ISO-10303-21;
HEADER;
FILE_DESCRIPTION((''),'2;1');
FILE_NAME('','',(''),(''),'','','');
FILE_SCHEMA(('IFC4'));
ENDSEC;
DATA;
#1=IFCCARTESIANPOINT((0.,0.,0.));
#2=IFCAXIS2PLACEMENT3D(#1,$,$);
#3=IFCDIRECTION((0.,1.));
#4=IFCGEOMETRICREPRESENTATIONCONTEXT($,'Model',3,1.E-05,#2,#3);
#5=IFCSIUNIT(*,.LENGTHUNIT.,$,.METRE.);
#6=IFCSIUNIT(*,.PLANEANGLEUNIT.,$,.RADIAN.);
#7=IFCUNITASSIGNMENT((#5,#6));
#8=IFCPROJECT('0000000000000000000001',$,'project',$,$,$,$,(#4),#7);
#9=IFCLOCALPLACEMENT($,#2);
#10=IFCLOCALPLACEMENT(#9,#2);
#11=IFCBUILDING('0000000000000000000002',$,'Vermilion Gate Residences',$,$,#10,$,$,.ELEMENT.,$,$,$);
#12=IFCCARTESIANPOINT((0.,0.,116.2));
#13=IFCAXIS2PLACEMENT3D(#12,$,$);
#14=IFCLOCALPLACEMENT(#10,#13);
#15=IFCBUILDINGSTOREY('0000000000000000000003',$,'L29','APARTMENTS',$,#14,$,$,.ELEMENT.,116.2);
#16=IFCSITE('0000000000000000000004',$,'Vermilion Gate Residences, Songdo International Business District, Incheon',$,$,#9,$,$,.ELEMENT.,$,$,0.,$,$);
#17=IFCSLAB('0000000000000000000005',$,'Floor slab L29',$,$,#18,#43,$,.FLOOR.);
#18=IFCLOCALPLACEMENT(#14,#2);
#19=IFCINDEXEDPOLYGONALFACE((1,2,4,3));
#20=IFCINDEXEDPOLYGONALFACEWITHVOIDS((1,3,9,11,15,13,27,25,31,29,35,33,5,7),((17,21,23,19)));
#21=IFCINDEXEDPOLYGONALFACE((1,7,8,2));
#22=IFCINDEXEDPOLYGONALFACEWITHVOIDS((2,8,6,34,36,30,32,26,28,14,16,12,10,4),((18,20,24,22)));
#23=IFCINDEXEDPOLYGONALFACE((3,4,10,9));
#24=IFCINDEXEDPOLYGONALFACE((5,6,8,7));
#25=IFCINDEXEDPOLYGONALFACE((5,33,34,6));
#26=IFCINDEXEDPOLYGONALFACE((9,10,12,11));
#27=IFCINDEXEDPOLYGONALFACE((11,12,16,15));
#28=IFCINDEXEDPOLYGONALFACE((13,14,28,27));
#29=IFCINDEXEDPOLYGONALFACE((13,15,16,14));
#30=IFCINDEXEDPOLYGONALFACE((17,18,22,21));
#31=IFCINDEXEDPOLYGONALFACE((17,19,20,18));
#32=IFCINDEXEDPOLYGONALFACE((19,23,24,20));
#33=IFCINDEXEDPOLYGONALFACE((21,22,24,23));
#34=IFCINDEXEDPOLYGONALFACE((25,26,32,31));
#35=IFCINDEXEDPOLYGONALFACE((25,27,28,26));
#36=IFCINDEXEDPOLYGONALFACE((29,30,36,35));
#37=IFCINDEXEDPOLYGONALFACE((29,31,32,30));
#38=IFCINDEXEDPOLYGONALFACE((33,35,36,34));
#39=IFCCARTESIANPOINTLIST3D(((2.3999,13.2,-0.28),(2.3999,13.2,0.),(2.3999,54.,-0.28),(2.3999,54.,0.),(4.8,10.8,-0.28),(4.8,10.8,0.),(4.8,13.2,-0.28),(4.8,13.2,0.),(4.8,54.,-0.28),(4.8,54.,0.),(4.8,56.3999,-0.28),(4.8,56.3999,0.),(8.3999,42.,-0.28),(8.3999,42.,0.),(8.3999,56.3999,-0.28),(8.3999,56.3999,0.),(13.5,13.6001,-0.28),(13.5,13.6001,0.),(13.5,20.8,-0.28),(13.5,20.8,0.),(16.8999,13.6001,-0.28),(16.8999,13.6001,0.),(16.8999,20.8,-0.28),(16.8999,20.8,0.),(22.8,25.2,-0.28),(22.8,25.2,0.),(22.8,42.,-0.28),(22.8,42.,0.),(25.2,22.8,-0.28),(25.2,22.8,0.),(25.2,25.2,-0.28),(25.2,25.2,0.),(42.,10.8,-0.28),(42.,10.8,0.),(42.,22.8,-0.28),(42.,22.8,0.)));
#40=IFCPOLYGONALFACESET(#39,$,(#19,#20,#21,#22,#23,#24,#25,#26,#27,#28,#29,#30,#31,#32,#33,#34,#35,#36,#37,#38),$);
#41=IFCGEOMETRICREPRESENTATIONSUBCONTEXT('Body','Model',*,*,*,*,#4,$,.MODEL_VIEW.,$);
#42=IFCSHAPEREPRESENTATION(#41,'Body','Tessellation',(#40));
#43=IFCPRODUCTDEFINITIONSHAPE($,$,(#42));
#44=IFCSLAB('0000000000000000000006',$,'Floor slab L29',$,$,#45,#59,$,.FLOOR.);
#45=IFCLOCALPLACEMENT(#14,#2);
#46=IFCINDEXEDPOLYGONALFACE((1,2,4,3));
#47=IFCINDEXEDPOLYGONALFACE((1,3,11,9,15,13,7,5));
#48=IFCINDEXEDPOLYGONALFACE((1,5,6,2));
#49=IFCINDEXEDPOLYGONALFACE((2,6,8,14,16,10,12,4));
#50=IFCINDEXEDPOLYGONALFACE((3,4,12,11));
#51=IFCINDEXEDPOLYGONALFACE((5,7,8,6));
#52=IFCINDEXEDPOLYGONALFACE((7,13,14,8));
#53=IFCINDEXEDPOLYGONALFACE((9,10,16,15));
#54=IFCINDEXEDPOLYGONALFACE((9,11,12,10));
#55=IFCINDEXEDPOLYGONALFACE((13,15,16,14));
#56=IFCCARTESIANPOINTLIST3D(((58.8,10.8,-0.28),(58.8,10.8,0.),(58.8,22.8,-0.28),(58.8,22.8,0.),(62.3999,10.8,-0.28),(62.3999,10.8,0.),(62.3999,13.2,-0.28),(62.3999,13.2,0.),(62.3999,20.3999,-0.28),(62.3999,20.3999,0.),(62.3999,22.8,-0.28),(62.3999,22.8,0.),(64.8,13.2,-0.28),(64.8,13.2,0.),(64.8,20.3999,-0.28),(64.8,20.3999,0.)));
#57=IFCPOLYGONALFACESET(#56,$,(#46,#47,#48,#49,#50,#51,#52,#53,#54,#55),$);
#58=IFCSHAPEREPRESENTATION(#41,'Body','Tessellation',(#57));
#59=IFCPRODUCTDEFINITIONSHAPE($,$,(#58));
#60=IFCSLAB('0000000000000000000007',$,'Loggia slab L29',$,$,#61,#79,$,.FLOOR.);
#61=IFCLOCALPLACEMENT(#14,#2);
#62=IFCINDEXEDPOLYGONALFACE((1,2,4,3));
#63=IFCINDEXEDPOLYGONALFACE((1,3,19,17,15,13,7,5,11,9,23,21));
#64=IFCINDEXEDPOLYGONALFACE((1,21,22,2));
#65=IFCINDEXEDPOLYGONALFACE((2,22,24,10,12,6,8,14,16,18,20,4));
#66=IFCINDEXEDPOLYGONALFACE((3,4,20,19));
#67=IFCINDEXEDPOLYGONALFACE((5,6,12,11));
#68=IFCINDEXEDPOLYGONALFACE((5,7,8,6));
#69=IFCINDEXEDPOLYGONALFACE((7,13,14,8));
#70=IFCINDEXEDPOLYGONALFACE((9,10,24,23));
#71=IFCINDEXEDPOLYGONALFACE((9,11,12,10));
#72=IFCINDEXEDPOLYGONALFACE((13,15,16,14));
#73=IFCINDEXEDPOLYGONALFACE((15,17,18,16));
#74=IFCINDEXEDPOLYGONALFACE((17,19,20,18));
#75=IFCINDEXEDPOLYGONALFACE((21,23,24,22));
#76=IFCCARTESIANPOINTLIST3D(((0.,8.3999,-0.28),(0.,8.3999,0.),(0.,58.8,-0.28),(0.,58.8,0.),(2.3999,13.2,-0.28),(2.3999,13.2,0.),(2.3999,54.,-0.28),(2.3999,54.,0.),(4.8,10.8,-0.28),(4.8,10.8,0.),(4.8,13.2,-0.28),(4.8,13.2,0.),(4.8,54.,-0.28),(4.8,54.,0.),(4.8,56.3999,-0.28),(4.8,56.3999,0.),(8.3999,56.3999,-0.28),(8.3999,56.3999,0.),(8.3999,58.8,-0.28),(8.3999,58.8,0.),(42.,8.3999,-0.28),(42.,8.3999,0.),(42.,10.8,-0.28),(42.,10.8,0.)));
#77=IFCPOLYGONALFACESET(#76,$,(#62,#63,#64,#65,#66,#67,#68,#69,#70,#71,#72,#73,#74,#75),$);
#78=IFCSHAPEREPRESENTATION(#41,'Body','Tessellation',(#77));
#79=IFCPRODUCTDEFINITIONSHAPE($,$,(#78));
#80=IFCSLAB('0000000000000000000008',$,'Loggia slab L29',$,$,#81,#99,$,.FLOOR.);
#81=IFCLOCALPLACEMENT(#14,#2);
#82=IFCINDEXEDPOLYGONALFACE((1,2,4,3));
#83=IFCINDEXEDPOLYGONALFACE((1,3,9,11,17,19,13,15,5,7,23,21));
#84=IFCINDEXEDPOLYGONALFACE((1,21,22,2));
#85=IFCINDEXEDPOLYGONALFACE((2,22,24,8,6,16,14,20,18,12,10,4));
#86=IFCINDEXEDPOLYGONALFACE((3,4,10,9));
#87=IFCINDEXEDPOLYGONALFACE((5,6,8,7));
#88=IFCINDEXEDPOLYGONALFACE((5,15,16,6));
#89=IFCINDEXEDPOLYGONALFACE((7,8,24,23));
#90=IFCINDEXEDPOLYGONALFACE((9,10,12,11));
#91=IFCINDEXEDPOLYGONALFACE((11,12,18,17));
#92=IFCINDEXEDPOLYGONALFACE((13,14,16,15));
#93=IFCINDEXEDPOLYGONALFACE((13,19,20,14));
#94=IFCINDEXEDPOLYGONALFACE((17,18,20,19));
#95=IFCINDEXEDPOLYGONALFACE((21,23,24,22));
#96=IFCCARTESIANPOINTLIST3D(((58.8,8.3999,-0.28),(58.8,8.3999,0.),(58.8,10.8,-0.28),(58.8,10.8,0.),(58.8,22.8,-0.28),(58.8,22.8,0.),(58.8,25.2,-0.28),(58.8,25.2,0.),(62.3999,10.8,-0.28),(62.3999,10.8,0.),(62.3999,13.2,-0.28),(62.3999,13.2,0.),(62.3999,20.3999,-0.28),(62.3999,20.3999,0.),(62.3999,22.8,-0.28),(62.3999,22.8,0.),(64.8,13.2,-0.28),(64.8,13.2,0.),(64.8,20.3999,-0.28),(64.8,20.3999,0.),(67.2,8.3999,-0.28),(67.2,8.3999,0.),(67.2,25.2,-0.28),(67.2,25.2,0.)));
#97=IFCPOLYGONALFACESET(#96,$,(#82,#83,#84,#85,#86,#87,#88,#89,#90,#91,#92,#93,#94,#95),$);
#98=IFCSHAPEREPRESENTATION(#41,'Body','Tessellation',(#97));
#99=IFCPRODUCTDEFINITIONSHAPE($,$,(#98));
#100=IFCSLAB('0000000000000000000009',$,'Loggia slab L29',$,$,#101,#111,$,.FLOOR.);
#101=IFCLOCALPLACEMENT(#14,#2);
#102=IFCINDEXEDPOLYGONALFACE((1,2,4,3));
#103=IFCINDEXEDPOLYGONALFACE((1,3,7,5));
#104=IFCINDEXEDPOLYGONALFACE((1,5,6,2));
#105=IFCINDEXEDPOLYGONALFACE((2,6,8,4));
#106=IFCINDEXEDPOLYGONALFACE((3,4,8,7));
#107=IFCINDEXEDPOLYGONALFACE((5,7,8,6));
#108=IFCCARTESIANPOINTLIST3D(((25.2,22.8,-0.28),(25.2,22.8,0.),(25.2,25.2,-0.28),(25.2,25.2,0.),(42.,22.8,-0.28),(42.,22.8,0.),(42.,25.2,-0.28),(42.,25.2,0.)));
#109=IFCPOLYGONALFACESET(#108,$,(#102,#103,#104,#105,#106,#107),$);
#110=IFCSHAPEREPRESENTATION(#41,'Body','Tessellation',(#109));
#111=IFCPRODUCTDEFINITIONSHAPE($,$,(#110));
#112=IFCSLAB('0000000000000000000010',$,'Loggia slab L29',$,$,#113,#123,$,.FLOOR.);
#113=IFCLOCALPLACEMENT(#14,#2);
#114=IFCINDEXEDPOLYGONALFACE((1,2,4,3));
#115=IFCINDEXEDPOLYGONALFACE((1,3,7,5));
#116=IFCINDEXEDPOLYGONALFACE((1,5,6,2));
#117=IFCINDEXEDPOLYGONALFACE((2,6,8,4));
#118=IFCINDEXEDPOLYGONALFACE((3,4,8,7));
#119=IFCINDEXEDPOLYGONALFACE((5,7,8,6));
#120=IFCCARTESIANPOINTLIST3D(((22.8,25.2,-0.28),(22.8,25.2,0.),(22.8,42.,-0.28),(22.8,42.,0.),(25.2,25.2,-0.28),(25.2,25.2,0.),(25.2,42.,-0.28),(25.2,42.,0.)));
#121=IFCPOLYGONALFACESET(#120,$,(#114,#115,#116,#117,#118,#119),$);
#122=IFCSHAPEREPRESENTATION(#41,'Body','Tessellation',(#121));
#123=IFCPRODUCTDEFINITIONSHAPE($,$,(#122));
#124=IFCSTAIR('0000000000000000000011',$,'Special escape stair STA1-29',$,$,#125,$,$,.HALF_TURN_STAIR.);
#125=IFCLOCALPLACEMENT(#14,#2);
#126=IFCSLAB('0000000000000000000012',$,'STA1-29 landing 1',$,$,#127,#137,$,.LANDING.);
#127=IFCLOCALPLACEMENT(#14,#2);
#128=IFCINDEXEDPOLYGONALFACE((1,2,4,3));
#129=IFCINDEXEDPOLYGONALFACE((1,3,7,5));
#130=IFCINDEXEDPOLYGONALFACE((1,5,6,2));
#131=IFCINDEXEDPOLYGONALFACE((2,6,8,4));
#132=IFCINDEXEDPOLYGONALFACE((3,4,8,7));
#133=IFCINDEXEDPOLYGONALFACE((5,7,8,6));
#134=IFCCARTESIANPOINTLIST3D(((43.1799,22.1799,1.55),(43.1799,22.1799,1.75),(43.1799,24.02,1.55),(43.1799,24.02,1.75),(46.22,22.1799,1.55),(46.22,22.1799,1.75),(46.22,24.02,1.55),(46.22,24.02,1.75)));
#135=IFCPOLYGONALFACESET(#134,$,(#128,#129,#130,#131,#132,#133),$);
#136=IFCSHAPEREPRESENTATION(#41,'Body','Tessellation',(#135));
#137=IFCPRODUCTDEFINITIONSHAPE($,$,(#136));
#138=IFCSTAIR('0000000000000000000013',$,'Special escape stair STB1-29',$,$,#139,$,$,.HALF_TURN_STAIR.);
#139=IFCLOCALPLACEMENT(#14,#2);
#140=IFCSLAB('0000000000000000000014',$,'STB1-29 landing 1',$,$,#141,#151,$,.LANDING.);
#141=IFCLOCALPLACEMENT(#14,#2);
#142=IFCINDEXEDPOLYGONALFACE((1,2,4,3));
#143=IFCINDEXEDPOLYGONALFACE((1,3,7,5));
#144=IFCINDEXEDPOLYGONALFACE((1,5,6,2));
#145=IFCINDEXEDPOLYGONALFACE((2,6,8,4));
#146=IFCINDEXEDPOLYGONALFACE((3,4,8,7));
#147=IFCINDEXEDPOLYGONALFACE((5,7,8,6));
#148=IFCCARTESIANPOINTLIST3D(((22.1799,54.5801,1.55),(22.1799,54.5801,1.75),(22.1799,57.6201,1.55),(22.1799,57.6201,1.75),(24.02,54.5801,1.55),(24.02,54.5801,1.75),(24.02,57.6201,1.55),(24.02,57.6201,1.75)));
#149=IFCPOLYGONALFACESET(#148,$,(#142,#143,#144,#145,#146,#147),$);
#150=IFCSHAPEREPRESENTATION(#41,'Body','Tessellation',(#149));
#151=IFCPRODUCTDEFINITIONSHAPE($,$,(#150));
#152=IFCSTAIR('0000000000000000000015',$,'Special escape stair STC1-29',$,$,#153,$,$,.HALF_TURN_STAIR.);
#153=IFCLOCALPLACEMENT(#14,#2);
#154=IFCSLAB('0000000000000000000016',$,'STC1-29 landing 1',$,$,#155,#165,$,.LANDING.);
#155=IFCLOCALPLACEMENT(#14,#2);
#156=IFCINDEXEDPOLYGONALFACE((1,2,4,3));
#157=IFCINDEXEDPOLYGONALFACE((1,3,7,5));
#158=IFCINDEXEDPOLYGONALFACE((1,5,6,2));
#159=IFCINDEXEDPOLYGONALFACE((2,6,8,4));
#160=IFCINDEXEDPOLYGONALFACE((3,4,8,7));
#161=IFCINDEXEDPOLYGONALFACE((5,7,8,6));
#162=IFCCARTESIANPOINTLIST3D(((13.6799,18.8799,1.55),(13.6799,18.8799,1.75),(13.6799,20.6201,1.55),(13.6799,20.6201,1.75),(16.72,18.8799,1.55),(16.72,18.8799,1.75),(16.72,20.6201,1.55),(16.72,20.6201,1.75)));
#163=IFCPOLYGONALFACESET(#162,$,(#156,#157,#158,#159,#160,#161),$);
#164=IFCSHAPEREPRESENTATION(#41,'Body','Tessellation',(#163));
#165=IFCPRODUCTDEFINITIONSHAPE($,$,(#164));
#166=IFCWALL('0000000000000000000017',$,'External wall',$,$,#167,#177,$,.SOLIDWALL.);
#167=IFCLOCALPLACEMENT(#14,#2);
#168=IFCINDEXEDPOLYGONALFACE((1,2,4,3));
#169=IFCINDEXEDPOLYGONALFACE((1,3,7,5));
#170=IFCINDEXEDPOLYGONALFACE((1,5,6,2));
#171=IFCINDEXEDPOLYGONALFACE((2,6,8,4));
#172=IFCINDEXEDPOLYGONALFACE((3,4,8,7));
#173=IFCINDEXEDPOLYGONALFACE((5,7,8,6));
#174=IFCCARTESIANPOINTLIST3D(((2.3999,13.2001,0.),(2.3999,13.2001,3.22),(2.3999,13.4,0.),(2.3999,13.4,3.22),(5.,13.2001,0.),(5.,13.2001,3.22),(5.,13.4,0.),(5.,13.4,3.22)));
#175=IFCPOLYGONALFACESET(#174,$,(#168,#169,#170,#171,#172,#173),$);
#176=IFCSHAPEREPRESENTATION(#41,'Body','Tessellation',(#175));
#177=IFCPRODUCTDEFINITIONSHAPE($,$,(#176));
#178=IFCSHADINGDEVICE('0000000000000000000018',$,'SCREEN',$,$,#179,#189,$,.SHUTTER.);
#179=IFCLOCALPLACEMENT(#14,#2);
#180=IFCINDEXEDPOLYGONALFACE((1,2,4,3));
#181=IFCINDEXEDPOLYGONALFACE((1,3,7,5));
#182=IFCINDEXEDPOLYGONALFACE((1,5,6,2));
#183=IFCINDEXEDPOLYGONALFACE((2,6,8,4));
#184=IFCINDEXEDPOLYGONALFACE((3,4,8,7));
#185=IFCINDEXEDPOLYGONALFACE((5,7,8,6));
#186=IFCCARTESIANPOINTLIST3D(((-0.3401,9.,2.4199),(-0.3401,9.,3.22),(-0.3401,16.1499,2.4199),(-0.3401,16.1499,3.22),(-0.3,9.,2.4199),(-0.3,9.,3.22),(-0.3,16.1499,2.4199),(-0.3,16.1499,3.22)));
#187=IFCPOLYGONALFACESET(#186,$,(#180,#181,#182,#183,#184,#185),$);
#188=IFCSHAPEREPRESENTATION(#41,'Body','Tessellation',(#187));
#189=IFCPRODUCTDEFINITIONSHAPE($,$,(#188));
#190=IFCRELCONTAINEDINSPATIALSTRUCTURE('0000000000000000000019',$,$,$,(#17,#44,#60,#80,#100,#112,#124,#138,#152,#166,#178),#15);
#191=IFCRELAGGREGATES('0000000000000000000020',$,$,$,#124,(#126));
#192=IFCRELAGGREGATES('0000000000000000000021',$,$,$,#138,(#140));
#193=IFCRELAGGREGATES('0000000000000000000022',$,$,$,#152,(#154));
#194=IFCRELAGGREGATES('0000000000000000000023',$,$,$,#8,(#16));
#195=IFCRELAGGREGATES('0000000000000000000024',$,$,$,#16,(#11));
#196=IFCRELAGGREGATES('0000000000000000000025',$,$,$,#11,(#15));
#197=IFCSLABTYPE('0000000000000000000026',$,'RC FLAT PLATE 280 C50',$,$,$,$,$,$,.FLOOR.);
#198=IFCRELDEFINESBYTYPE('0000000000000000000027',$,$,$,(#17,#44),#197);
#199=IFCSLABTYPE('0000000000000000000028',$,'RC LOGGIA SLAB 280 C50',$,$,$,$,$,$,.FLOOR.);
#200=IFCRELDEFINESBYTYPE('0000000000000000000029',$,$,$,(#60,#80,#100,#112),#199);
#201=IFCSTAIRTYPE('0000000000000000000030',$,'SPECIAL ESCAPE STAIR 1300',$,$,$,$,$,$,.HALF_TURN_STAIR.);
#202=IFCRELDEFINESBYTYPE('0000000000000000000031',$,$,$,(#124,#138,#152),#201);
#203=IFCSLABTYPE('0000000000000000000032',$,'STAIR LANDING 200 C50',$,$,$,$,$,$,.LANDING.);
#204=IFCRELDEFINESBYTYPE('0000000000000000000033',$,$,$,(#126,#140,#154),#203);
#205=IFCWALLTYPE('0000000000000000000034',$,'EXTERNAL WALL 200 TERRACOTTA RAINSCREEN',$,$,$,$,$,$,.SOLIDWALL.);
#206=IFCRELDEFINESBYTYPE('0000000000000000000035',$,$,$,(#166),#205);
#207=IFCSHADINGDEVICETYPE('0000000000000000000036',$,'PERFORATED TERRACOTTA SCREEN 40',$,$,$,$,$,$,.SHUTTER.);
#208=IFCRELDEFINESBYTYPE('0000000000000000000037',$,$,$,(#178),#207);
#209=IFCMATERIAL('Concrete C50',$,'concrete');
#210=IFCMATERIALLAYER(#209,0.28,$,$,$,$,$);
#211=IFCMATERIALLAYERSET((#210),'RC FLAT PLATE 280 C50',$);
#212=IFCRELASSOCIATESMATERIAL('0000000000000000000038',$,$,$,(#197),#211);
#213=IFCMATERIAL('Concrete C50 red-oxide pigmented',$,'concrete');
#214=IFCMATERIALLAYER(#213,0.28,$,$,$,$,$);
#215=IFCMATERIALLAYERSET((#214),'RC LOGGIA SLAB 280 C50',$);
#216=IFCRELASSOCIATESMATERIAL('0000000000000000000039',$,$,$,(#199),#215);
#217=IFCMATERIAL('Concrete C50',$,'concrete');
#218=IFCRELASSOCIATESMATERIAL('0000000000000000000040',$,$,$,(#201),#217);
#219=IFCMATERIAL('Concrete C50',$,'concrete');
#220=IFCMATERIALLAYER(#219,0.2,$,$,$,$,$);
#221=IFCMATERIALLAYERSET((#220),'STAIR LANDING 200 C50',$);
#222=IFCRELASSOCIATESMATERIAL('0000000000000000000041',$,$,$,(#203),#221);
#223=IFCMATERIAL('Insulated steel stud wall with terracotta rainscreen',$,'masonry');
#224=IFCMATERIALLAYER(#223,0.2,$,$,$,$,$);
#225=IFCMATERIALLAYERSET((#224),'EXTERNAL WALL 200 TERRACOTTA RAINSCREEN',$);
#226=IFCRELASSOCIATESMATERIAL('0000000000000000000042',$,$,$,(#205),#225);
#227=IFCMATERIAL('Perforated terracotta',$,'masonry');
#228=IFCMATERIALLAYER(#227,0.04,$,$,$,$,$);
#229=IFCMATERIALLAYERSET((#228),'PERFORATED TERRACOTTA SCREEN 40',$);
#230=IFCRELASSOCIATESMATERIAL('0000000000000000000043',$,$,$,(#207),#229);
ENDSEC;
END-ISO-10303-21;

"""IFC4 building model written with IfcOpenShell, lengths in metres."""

from ifc_helpers import new_model, si_unit, direction, frame, frame_2d, origin, origin_2d, place, context, subcontext, project, spatial, polyline, rectangle, outline, extrude, material, layer, layer_set, type_object, element, aggregate, save


model = new_model("IFC4")

# Units and contexts
model_context = context("Model", 3, precision=1e-05, world=origin(), true_north=direction((0.0, 1.0)))
body_context = subcontext(model_context, "Body", "Model", "MODEL_VIEW")
ifc_project = project(units=[si_unit("LENGTHUNIT", "METRE"), si_unit("PLANEANGLEUNIT", "RADIAN")], contexts=[model_context])

# Site, building, storey
site_placement = place(None, origin())
site = spatial("IfcSite", under=ifc_project, at=site_placement, Name="Vermilion Gate Residences, Songdo International Business District, Incheon", CompositionType="ELEMENT", RefElevation=0.0)
building_placement = place(site_placement, origin())
building = spatial("IfcBuilding", under=site, at=building_placement, Name="Vermilion Gate Residences", CompositionType="ELEMENT")
storey_placement = place(building_placement, frame((0.0, 0.0, 116.2)))
storey = spatial("IfcBuildingStorey", under=building, at=storey_placement, Name="L29", Description="APARTMENTS", CompositionType="ELEMENT", Elevation=116.2)

# Slabs
ifc_material_1 = material(Name="Concrete C50", Category="concrete")
ifc_layer_1 = layer(ifc_material_1, 0.28)
ifc_layer_set_1 = layer_set([ifc_layer_1], Name="RC FLAT PLATE 280 C50")
slab_type_1 = type_object("IfcSlabType", Name="RC FLAT PLATE 280 C50", PredefinedType="FLOOR", material=ifc_layer_set_1)
slab_1_placement = place(storey_placement, frame((0.0, 0.0, -0.28)))
element("IfcSlab", 1, at=slab_1_placement, inside=storey, type_object=slab_type_1, Name="Floor slab L29", PredefinedType="FLOOR", context=body_context, shape_type="SweptSolid", body=[
    extrude(outline(polyline([(22.8, 25.2), (22.8, 42.0), (8.3999, 42.0), (8.3999, 56.3999), (4.8, 56.3999), (4.8, 54.0), (2.3999, 54.0), (2.3999, 13.2), (4.8, 13.2), (4.8, 10.8), (42.0, 10.8), (42.0, 22.8), (25.2, 22.8), (25.2, 25.2), (22.8, 25.2)]), holes=[polyline([(13.5, 13.6001), (13.5, 20.8), (16.8999, 20.8), (16.8999, 13.6001), (13.5, 13.6001)])]), origin(), (0.0, 0.0, 1.0), 0.28),
])
slab_2_placement = place(storey_placement, frame((0.0, 0.0, -0.28)))
element("IfcSlab", 2, at=slab_2_placement, inside=storey, type_object=slab_type_1, Name="Floor slab L29", PredefinedType="FLOOR", context=body_context, shape_type="SweptSolid", body=[
    extrude(outline(polyline([(58.8, 22.8), (58.8, 10.8), (62.3999, 10.8), (62.3999, 13.2), (64.8, 13.2), (64.8, 20.3999), (62.3999, 20.3999), (62.3999, 22.8), (58.8, 22.8)])), origin(), (0.0, 0.0, 1.0), 0.28),
])
ifc_material_2 = material(Name="Concrete C50 red-oxide pigmented", Category="concrete")
ifc_layer_2 = layer(ifc_material_2, 0.28)
ifc_layer_set_2 = layer_set([ifc_layer_2], Name="RC LOGGIA SLAB 280 C50")
slab_type_2 = type_object("IfcSlabType", Name="RC LOGGIA SLAB 280 C50", PredefinedType="FLOOR", material=ifc_layer_set_2)
slab_3_placement = place(storey_placement, frame((0.0, 0.0, -0.28)))
element("IfcSlab", 3, at=slab_3_placement, inside=storey, type_object=slab_type_2, Name="Loggia slab L29", PredefinedType="FLOOR", context=body_context, shape_type="SweptSolid", body=[
    extrude(outline(polyline([(0.0, 58.8), (0.0, 8.3999), (42.0, 8.3999), (42.0, 10.8), (4.8, 10.8), (4.8, 13.2), (2.3999, 13.2), (2.3999, 54.0), (4.8, 54.0), (4.8, 56.3999), (8.3999, 56.3999), (8.3999, 58.8), (0.0, 58.8)])), origin(), (0.0, 0.0, 1.0), 0.28),
])
slab_4_placement = place(storey_placement, frame((0.0, 0.0, -0.28)))
element("IfcSlab", 4, at=slab_4_placement, inside=storey, type_object=slab_type_2, Name="Loggia slab L29", PredefinedType="FLOOR", context=body_context, shape_type="SweptSolid", body=[
    extrude(outline(polyline([(64.8, 20.3999), (64.8, 13.2), (62.3999, 13.2), (62.3999, 10.8), (58.8, 10.8), (58.8, 8.3999), (67.2, 8.3999), (67.2, 25.2), (58.8, 25.2), (58.8, 22.8), (62.3999, 22.8), (62.3999, 20.3999), (64.8, 20.3999)])), origin(), (0.0, 0.0, 1.0), 0.28),
])
slab_5_placement = place(storey_placement, frame((0.0, 0.0, -0.28)))
element("IfcSlab", 5, at=slab_5_placement, inside=storey, type_object=slab_type_2, Name="Loggia slab L29", PredefinedType="FLOOR", context=body_context, shape_type="SweptSolid", body=[
    extrude(outline(polyline([(25.2, 22.8), (42.0, 22.8), (42.0, 25.2), (25.2, 25.2), (25.2, 22.8)])), origin(), (0.0, 0.0, 1.0), 0.28),
])
slab_6_placement = place(storey_placement, frame((0.0, 0.0, -0.28)))
element("IfcSlab", 6, at=slab_6_placement, inside=storey, type_object=slab_type_2, Name="Loggia slab L29", PredefinedType="FLOOR", context=body_context, shape_type="SweptSolid", body=[
    extrude(outline(polyline([(25.2, 25.2), (25.2, 42.0), (22.8, 42.0), (22.8, 25.2), (25.2, 25.2)])), origin(), (0.0, 0.0, 1.0), 0.28),
])

# Stairs, slabs
ifc_material_3 = material(Name="Concrete C50", Category="concrete")
stair_type = type_object("IfcStairType", Name="SPECIAL ESCAPE STAIR 1300", PredefinedType="HALF_TURN_STAIR", material=ifc_material_3)
stair_1_placement = place(storey_placement, origin())
stair_1 = element("IfcStair", 7, at=stair_1_placement, inside=storey, type_object=stair_type, Name="Special escape stair STA1-29", PredefinedType="HALF_TURN_STAIR")
ifc_material_4 = material(Name="Concrete C50", Category="concrete")
ifc_layer_3 = layer(ifc_material_4, 0.2)
ifc_layer_set_3 = layer_set([ifc_layer_3], Name="STAIR LANDING 200 C50")
slab_type_3 = type_object("IfcSlabType", Name="STAIR LANDING 200 C50", PredefinedType="LANDING", material=ifc_layer_set_3)
slab_7_placement = place(storey_placement, frame((0.0, 0.0, 1.55)))
slab_7 = element("IfcSlab", 8, at=slab_7_placement, type_object=slab_type_3, Name="STA1-29 landing 1", PredefinedType="LANDING", context=body_context, shape_type="SweptSolid", body=[
    extrude(outline(polyline([(46.22, 22.1799), (46.22, 24.02), (43.1799, 24.02), (43.1799, 22.1799), (46.22, 22.1799)])), origin(), (0.0, 0.0, 1.0), 0.2),
])
aggregate(stair_1, [slab_7])
stair_2_placement = place(storey_placement, origin())
stair_2 = element("IfcStair", 9, at=stair_2_placement, inside=storey, type_object=stair_type, Name="Special escape stair STB1-29", PredefinedType="HALF_TURN_STAIR")
slab_8_placement = place(storey_placement, frame((0.0, 0.0, 1.55)))
slab_8 = element("IfcSlab", 10, at=slab_8_placement, type_object=slab_type_3, Name="STB1-29 landing 1", PredefinedType="LANDING", context=body_context, shape_type="SweptSolid", body=[
    extrude(outline(polyline([(24.02, 54.5801), (24.02, 57.6201), (22.1799, 57.6201), (22.1799, 54.5801), (24.02, 54.5801)])), origin(), (0.0, 0.0, 1.0), 0.2),
])
aggregate(stair_2, [slab_8])
stair_3_placement = place(storey_placement, origin())
stair_3 = element("IfcStair", 11, at=stair_3_placement, inside=storey, type_object=stair_type, Name="Special escape stair STC1-29", PredefinedType="HALF_TURN_STAIR")
slab_9_placement = place(storey_placement, frame((0.0, 0.0, 1.55)))
slab_9 = element("IfcSlab", 12, at=slab_9_placement, type_object=slab_type_3, Name="STC1-29 landing 1", PredefinedType="LANDING", context=body_context, shape_type="SweptSolid", body=[
    extrude(outline(polyline([(16.72, 18.8799), (16.72, 20.6201), (13.6799, 20.6201), (13.6799, 18.8799), (16.72, 18.8799)])), origin(), (0.0, 0.0, 1.0), 0.2),
])
aggregate(stair_3, [slab_9])

# Wall
ifc_material_5 = material(Name="Insulated steel stud wall with terracotta rainscreen", Category="masonry")
ifc_layer_4 = layer(ifc_material_5, 0.2)
ifc_layer_set_4 = layer_set([ifc_layer_4], Name="EXTERNAL WALL 200 TERRACOTTA RAINSCREEN")
wall_type = type_object("IfcWallType", Name="EXTERNAL WALL 200 TERRACOTTA RAINSCREEN", PredefinedType="SOLIDWALL", material=ifc_layer_set_4)
wall_placement = place(storey_placement, frame((2.3999, 13.3, 0.0), z_axis=(0.0, 0.0, 1.0), x_axis=(1.0, 0.0, 0.0)))
element("IfcWall", 13, at=wall_placement, inside=storey, type_object=wall_type, Name="External wall", PredefinedType="SOLIDWALL", context=body_context, shape_type="SweptSolid", body=[
    extrude(rectangle(XDim=2.6001, YDim=0.2, at=frame_2d((1.3, 0.0))), origin(), (0.0, 0.0, 1.0), 3.22),
])

# Shading device
ifc_material_6 = material(Name="Perforated terracotta", Category="masonry")
ifc_layer_5 = layer(ifc_material_6, 0.04)
ifc_layer_set_5 = layer_set([ifc_layer_5], Name="PERFORATED TERRACOTTA SCREEN 40")
shading_device_type_1 = type_object("IfcShadingDeviceType", Name="PERFORATED TERRACOTTA SCREEN 40", PredefinedType="SHUTTER", material=ifc_layer_set_5)
shading_device_1_placement = place(storey_placement, frame((-0.3201, 12.575, 2.4199), z_axis=(0.0, 0.0, 1.0), x_axis=(0.0, -1.0, 0.0)))
element("IfcShadingDevice", 14, at=shading_device_1_placement, inside=storey, type_object=shading_device_type_1, Name="SCREEN", PredefinedType="SHUTTER", context=body_context, shape_type="SweptSolid", body=[
    extrude(rectangle(XDim=7.1499, YDim=0.04, at=origin_2d()), origin(), (0.0, 0.0, 1.0), 0.8),
])

save(model, "model.ifc")
